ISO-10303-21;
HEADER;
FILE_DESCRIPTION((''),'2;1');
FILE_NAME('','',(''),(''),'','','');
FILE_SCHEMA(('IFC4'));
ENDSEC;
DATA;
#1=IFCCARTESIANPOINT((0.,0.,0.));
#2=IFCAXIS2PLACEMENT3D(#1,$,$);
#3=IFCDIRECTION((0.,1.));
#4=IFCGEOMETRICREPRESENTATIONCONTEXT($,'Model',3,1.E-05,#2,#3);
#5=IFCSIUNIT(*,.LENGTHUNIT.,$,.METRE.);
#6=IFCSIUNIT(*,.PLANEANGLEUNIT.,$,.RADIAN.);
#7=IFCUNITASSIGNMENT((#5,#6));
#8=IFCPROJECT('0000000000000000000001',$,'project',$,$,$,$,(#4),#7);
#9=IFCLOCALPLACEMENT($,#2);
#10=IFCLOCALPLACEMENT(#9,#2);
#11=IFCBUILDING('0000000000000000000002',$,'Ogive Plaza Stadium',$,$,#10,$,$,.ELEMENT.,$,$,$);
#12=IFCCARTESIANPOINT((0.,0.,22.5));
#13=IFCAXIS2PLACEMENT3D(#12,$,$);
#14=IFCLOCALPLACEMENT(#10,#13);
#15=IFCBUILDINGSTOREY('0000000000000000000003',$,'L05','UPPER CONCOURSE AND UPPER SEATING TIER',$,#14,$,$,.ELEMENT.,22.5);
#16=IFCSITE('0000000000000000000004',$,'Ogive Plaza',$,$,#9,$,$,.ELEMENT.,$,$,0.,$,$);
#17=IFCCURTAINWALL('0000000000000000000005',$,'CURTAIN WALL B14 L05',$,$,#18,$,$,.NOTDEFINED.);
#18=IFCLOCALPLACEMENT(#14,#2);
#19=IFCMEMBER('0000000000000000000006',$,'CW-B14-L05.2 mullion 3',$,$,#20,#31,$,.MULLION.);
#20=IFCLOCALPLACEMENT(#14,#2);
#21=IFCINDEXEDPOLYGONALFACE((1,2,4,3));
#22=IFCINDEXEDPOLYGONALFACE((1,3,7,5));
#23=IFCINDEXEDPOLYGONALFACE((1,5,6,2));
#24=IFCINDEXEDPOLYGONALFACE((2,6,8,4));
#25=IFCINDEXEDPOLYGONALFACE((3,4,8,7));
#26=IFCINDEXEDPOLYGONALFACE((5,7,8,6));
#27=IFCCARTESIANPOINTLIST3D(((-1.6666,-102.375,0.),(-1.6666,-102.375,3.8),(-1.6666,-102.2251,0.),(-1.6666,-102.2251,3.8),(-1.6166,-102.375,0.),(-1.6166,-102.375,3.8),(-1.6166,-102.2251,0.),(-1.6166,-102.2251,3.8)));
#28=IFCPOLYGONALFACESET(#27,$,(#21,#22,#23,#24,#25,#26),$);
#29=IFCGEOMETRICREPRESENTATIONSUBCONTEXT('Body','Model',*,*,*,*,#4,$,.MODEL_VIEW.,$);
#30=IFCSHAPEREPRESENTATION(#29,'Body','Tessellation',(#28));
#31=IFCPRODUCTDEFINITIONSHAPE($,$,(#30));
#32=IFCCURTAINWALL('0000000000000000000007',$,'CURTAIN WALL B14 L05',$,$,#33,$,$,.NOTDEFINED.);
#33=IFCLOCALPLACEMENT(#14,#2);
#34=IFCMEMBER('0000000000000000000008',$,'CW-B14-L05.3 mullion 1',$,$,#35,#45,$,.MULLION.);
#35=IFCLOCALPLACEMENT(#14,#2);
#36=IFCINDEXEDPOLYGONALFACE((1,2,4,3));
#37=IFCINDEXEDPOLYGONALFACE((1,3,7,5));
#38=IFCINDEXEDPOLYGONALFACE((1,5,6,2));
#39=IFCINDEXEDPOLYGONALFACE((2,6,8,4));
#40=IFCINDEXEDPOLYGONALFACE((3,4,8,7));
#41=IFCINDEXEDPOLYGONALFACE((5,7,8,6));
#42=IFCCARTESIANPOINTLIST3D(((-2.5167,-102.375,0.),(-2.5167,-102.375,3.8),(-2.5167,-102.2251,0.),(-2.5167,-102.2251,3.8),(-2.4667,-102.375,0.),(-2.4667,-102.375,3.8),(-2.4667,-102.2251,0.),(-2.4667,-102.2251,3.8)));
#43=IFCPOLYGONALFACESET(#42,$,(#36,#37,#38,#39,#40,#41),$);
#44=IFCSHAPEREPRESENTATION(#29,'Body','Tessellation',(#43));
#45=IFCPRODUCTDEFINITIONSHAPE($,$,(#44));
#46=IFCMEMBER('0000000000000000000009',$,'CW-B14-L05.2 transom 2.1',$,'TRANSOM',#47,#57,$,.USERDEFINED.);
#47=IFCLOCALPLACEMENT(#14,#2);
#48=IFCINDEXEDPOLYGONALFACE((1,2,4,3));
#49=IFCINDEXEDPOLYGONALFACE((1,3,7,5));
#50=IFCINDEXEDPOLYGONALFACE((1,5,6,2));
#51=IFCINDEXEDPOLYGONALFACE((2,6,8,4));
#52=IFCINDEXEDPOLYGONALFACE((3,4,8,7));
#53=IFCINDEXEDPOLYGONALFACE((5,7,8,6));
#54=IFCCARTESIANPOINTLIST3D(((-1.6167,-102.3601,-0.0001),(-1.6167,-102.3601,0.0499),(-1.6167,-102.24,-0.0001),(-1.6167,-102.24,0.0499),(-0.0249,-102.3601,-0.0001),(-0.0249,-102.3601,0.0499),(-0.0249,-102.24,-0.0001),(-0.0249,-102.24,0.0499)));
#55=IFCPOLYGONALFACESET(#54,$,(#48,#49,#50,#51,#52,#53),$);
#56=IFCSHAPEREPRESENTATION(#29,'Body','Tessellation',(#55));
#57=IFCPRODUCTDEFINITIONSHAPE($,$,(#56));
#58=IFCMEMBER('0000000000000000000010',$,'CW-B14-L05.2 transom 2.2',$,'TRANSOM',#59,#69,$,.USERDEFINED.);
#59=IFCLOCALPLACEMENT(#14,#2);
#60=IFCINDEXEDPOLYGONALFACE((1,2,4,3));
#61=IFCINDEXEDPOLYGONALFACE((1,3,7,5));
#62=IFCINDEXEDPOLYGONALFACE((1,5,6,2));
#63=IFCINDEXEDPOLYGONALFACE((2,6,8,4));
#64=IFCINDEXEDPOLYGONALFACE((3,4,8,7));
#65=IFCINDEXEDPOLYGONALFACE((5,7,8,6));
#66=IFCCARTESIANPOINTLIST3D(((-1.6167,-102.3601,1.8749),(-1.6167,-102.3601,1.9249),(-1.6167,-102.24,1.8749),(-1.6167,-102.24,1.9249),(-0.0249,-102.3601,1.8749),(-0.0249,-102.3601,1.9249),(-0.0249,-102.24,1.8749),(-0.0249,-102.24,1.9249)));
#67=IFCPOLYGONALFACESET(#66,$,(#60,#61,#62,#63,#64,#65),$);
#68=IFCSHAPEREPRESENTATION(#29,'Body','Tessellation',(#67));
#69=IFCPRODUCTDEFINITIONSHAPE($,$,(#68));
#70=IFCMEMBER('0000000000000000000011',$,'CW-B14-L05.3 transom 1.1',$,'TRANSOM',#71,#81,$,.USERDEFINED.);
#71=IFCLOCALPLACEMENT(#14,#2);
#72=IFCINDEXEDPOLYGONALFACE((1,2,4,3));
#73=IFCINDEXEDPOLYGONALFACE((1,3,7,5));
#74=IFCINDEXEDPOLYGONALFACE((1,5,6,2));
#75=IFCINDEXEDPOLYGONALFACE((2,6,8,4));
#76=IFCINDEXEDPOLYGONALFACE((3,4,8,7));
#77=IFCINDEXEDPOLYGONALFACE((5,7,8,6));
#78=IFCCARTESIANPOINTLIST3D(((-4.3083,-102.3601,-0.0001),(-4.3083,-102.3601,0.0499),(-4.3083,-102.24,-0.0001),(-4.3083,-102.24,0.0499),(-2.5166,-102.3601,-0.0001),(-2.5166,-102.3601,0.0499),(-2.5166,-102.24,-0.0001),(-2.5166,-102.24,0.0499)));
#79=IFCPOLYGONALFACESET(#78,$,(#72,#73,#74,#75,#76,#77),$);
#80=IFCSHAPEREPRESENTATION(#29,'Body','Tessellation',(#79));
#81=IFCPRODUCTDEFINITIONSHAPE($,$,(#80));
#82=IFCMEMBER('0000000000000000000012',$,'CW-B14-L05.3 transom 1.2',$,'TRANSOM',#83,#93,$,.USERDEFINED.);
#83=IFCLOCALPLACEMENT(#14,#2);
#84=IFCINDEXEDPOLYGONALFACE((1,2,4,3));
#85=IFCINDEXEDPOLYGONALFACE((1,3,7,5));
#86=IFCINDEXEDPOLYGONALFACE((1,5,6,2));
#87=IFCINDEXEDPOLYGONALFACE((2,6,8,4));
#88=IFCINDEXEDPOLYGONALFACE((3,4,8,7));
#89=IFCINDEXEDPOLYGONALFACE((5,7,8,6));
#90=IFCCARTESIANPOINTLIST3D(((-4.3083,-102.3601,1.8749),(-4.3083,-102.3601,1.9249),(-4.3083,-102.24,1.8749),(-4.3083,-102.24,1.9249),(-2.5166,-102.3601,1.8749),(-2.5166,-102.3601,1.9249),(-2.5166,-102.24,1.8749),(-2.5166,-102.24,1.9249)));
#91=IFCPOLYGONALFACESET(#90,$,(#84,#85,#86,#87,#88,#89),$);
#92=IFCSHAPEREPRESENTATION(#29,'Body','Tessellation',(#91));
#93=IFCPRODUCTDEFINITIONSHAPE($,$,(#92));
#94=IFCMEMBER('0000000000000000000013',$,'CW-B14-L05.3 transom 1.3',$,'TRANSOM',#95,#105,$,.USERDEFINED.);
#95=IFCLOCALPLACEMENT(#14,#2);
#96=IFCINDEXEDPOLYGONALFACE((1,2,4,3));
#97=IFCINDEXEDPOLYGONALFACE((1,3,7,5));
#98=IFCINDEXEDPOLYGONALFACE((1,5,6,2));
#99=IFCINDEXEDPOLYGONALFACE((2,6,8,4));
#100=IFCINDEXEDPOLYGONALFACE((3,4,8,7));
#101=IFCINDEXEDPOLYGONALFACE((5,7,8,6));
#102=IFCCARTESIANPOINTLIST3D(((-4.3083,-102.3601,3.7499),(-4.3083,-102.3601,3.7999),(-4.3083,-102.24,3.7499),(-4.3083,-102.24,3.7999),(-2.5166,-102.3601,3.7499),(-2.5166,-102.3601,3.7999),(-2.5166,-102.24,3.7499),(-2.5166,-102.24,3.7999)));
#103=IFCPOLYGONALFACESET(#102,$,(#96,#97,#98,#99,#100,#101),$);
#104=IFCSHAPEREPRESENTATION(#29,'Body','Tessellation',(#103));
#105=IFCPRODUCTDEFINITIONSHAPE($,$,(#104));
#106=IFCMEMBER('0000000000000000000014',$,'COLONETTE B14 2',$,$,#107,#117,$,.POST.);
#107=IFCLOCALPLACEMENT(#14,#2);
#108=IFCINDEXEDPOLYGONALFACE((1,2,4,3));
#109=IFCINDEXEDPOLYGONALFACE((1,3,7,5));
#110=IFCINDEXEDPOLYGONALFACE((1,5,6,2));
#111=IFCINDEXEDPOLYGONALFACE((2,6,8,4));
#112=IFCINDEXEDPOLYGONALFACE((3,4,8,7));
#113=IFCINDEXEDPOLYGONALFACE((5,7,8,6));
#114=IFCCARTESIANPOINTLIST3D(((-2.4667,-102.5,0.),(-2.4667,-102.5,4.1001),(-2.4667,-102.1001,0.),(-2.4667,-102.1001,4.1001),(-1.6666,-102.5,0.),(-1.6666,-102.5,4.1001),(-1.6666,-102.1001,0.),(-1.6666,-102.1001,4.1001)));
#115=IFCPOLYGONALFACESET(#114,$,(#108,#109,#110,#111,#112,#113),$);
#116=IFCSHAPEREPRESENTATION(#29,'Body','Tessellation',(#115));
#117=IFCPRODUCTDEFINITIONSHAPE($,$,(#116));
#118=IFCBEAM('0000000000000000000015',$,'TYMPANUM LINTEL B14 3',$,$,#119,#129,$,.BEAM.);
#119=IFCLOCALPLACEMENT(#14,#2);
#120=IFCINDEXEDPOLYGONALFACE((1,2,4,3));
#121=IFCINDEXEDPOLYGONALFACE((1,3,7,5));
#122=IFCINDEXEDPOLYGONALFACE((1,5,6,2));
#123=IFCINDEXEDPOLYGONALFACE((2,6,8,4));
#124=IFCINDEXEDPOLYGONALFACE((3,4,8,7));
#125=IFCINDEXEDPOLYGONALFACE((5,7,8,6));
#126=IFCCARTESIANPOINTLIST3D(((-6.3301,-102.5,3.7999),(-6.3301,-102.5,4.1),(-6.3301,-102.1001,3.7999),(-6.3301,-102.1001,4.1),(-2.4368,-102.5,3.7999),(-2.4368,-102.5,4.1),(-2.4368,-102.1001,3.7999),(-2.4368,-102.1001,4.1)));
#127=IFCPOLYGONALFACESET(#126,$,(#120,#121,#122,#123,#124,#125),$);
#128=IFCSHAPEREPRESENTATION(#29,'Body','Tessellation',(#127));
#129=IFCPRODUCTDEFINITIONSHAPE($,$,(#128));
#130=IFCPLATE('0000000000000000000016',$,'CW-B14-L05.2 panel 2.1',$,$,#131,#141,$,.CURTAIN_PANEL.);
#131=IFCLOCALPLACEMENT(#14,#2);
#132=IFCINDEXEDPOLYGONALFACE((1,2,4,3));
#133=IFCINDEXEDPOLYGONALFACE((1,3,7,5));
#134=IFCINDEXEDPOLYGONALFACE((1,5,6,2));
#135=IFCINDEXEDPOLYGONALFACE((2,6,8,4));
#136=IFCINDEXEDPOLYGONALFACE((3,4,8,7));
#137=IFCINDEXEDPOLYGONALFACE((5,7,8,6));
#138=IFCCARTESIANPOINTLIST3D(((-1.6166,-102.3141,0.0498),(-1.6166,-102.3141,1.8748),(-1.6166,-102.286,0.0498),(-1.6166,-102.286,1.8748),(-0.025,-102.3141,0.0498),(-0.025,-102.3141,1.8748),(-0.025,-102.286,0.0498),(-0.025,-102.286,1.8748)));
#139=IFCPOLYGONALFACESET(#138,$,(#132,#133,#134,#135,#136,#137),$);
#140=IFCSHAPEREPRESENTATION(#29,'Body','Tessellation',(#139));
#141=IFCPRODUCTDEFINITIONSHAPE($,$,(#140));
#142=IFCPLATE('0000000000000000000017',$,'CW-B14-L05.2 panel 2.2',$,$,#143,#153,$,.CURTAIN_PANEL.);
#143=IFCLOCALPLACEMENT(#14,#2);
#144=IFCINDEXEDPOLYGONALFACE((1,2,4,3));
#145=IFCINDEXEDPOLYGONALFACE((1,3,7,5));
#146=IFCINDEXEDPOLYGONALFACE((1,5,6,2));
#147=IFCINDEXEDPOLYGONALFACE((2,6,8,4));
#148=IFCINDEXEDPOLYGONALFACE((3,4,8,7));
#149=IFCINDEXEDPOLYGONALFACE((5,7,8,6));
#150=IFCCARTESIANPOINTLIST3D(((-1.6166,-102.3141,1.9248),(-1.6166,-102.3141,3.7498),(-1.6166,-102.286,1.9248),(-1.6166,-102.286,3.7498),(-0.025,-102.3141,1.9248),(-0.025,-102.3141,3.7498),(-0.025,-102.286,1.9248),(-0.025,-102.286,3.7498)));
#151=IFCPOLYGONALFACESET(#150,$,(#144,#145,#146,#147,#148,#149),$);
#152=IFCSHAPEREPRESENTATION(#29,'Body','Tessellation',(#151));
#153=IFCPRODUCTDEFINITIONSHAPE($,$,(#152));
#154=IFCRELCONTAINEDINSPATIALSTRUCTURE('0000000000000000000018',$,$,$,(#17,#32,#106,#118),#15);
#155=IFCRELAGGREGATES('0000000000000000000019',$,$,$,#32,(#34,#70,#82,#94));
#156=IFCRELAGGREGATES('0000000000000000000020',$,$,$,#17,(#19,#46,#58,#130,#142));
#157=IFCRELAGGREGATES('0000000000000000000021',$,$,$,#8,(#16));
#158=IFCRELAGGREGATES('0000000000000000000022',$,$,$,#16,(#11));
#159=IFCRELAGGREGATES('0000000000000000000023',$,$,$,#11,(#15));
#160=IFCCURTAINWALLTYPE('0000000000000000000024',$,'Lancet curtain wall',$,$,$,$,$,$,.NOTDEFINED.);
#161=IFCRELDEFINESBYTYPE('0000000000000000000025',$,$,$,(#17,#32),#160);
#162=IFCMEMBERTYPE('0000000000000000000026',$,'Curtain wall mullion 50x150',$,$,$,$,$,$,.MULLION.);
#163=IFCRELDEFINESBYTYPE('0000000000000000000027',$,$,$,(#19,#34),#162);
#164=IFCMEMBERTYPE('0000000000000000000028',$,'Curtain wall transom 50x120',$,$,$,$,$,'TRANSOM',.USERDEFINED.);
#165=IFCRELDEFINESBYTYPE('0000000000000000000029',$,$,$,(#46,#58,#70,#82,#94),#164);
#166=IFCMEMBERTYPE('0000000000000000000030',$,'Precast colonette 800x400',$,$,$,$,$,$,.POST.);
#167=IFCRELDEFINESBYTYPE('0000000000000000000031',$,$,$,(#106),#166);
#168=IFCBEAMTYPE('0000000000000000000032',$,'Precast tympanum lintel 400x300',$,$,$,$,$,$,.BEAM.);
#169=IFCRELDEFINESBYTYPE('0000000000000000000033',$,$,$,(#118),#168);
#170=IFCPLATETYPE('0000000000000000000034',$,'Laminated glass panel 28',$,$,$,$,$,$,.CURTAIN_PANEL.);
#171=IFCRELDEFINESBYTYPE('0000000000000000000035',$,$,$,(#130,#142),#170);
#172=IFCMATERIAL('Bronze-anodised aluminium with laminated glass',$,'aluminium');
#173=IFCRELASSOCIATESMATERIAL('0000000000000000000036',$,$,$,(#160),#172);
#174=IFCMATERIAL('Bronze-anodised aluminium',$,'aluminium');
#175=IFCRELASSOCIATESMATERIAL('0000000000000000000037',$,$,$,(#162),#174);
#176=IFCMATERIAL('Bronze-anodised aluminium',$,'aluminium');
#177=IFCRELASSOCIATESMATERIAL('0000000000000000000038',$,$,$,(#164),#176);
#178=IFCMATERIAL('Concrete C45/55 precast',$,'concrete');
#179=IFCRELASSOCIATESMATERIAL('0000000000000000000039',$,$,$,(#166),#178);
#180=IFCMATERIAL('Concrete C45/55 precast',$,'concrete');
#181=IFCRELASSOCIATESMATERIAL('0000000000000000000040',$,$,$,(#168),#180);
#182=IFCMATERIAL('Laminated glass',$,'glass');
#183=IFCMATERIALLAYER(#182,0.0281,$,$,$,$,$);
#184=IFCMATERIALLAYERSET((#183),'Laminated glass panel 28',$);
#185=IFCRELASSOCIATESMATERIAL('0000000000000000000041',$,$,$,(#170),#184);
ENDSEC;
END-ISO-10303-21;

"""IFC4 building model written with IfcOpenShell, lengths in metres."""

from ifc_helpers import new_model, si_unit, direction, frame, origin, origin_2d, place, context, subcontext, project, spatial, rectangle, extrude, material, layer, layer_set, material_profile, profile_set, type_object, element, aggregate, save


model = new_model("IFC4")

# Units and contexts
model_context = context("Model", 3, precision=1e-05, world=origin(), true_north=direction((0.0, 1.0)))
body_context = subcontext(model_context, "Body", "Model", "MODEL_VIEW")
ifc_project = project(units=[si_unit("LENGTHUNIT", "METRE"), si_unit("PLANEANGLEUNIT", "RADIAN")], contexts=[model_context])

# Site, building, storey
site_placement = place(None, origin())
site = spatial("IfcSite", under=ifc_project, at=site_placement, Name="Ogive Plaza", CompositionType="ELEMENT", RefElevation=0.0)
building_placement = place(site_placement, origin())
building = spatial("IfcBuilding", under=site, at=building_placement, Name="Ogive Plaza Stadium", CompositionType="ELEMENT")
storey_placement = place(building_placement, frame((0.0, 0.0, 22.5)))
storey = spatial("IfcBuildingStorey", under=building, at=storey_placement, Name="L05", Description="UPPER CONCOURSE AND UPPER SEATING TIER", CompositionType="ELEMENT", Elevation=22.5)

# Curtain walls, members
ifc_material_1 = material(Name="Bronze-anodised aluminium with laminated glass", Category="aluminium")
curtain_wall_type = type_object("IfcCurtainWallType", Name="Lancet curtain wall", PredefinedType="NOTDEFINED", material=ifc_material_1)
curtain_wall_1_placement = place(storey_placement, origin())
curtain_wall_1 = element("IfcCurtainWall", 1, at=curtain_wall_1_placement, inside=storey, type_object=curtain_wall_type, Name="CURTAIN WALL B14 L05", PredefinedType="NOTDEFINED")
ifc_material_2 = material(Name="Bronze-anodised aluminium", Category="aluminium")
ifc_material_profile_1 = material_profile(ifc_material_2, rectangle(XDim=0.1499, YDim=0.05, at=origin_2d()), Name="AL 150x50")
ifc_profile_set_1 = profile_set([ifc_material_profile_1], Name="Bronze-anodised aluminium")
member_type_1 = type_object("IfcMemberType", Name="Curtain wall mullion 50x150", PredefinedType="MULLION", material=ifc_profile_set_1)
member_1_placement = place(storey_placement, frame((-1.6416, -102.3, 0.0), z_axis=(0.0, 0.0, 1.0), x_axis=(0.0, -1.0, 0.0)))
member_1 = element("IfcMember", 2, at=member_1_placement, type_object=member_type_1, Name="CW-B14-L05.2 mullion 3", PredefinedType="MULLION", context=body_context, shape_type="SweptSolid", body=[
    extrude(rectangle(XDim=0.1499, YDim=0.05, at=origin_2d()), origin(), (0.0, 0.0, 1.0), 3.8),
])
curtain_wall_2_placement = place(storey_placement, origin())
curtain_wall_2 = element("IfcCurtainWall", 3, at=curtain_wall_2_placement, inside=storey, type_object=curtain_wall_type, Name="CURTAIN WALL B14 L05", PredefinedType="NOTDEFINED")
member_2_placement = place(storey_placement, frame((-2.4917, -102.3, 0.0), z_axis=(0.0, 0.0, 1.0), x_axis=(0.0, -1.0, 0.0)))
member_2 = element("IfcMember", 4, at=member_2_placement, type_object=member_type_1, Name="CW-B14-L05.3 mullion 1", PredefinedType="MULLION", context=body_context, shape_type="SweptSolid", body=[
    extrude(rectangle(XDim=0.1499, YDim=0.05, at=origin_2d()), origin(), (0.0, 0.0, 1.0), 3.8),
])

# Members
ifc_material_3 = material(Name="Bronze-anodised aluminium", Category="aluminium")
ifc_material_profile_2 = material_profile(ifc_material_3, rectangle(XDim=0.1201, YDim=0.05, at=origin_2d()), Name="AL 120x50")
ifc_profile_set_2 = profile_set([ifc_material_profile_2], Name="Bronze-anodised aluminium")
member_type_2 = type_object("IfcMemberType", Name="Curtain wall transom 50x120", ElementType="TRANSOM", PredefinedType="USERDEFINED", material=ifc_profile_set_2)
member_3_placement = place(storey_placement, frame((-0.0249, -102.3, 0.0249), z_axis=(-1.0, 0.0, 0.0), x_axis=(0.0, -1.0, 0.0)))
member_3 = element("IfcMember", 5, at=member_3_placement, type_object=member_type_2, Name="CW-B14-L05.2 transom 2.1", ObjectType="TRANSOM", PredefinedType="USERDEFINED", context=body_context, shape_type="SweptSolid", body=[
    extrude(rectangle(XDim=0.1201, YDim=0.05, at=origin_2d()), origin(), (0.0, 0.0, 1.0), 1.5918),
])
member_4_placement = place(storey_placement, frame((-0.0249, -102.3, 1.8999), z_axis=(-1.0, 0.0, 0.0), x_axis=(0.0, -1.0, 0.0)))
member_4 = element("IfcMember", 6, at=member_4_placement, type_object=member_type_2, Name="CW-B14-L05.2 transom 2.2", ObjectType="TRANSOM", PredefinedType="USERDEFINED", context=body_context, shape_type="SweptSolid", body=[
    extrude(rectangle(XDim=0.1201, YDim=0.05, at=origin_2d()), origin(), (0.0, 0.0, 1.0), 1.5918),
])
member_5_placement = place(storey_placement, frame((-2.5166, -102.3, 0.0249), z_axis=(-1.0, 0.0, 0.0), x_axis=(0.0, -1.0, 0.0)))
member_5 = element("IfcMember", 7, at=member_5_placement, type_object=member_type_2, Name="CW-B14-L05.3 transom 1.1", ObjectType="TRANSOM", PredefinedType="USERDEFINED", context=body_context, shape_type="SweptSolid", body=[
    extrude(rectangle(XDim=0.1201, YDim=0.05, at=origin_2d()), origin(), (0.0, 0.0, 1.0), 1.7917),
])
member_6_placement = place(storey_placement, frame((-2.5166, -102.3, 1.8999), z_axis=(-1.0, 0.0, 0.0), x_axis=(0.0, -1.0, 0.0)))
member_6 = element("IfcMember", 8, at=member_6_placement, type_object=member_type_2, Name="CW-B14-L05.3 transom 1.2", ObjectType="TRANSOM", PredefinedType="USERDEFINED", context=body_context, shape_type="SweptSolid", body=[
    extrude(rectangle(XDim=0.1201, YDim=0.05, at=origin_2d()), origin(), (0.0, 0.0, 1.0), 1.7917),
])
member_7_placement = place(storey_placement, frame((-2.5166, -102.3, 3.7749), z_axis=(-1.0, 0.0, 0.0), x_axis=(0.0, -1.0, 0.0)))
member_7 = element("IfcMember", 9, at=member_7_placement, type_object=member_type_2, Name="CW-B14-L05.3 transom 1.3", ObjectType="TRANSOM", PredefinedType="USERDEFINED", context=body_context, shape_type="SweptSolid", body=[
    extrude(rectangle(XDim=0.1201, YDim=0.05, at=origin_2d()), origin(), (0.0, 0.0, 1.0), 1.7917),
])
aggregate(curtain_wall_2, [member_2, member_5, member_6, member_7])
ifc_material_4 = material(Name="Concrete C45/55 precast", Category="concrete")
ifc_material_profile_3 = material_profile(ifc_material_4, rectangle(XDim=0.3999, YDim=0.8, at=origin_2d()), Name="RC 400x800")
ifc_profile_set_3 = profile_set([ifc_material_profile_3], Name="Concrete C45/55 precast")
member_type_3 = type_object("IfcMemberType", Name="Precast colonette 800x400", PredefinedType="POST", material=ifc_profile_set_3)
member_8_placement = place(storey_placement, frame((-2.0667, -102.3, 0.0), z_axis=(0.0, 0.0, 1.0), x_axis=(0.0, -1.0, 0.0)))
element("IfcMember", 10, at=member_8_placement, inside=storey, type_object=member_type_3, Name="COLONETTE B14 2", PredefinedType="POST", context=body_context, shape_type="SweptSolid", body=[
    extrude(rectangle(XDim=0.3999, YDim=0.8, at=origin_2d()), origin(), (0.0, 0.0, 1.0), 4.1001),
])

# Beam
ifc_material_5 = material(Name="Concrete C45/55 precast", Category="concrete")
ifc_material_profile_4 = material_profile(ifc_material_5, rectangle(XDim=0.3999, YDim=0.3, at=origin_2d()), Name="RC 400x300")
ifc_profile_set_4 = profile_set([ifc_material_profile_4], Name="Concrete C45/55 precast")
beam_type = type_object("IfcBeamType", Name="Precast tympanum lintel 400x300", PredefinedType="BEAM", material=ifc_profile_set_4)
beam_placement = place(storey_placement, frame((-2.4368, -102.3, 3.95), z_axis=(-1.0, 0.0, 0.0), x_axis=(0.0, -1.0, 0.0)))
element("IfcBeam", 11, at=beam_placement, inside=storey, type_object=beam_type, Name="TYMPANUM LINTEL B14 3", PredefinedType="BEAM", context=body_context, shape_type="SweptSolid", body=[
    extrude(rectangle(XDim=0.3999, YDim=0.3, at=origin_2d()), origin(), (0.0, 0.0, 1.0), 3.8933),
])

# Plates
ifc_material_6 = material(Name="Laminated glass", Category="glass")
ifc_layer_1 = layer(ifc_material_6, 0.0281)
ifc_layer_set_1 = layer_set([ifc_layer_1], Name="Laminated glass panel 28")
plate_type = type_object("IfcPlateType", Name="Laminated glass panel 28", PredefinedType="CURTAIN_PANEL", material=ifc_layer_set_1)
plate_1_placement = place(storey_placement, frame((-0.8208, -102.3, 0.0498), z_axis=(0.0, 0.0, 1.0), x_axis=(-1.0, 0.0, 0.0)))
plate_1 = element("IfcPlate", 12, at=plate_1_placement, type_object=plate_type, Name="CW-B14-L05.2 panel 2.1", PredefinedType="CURTAIN_PANEL", context=body_context, shape_type="SweptSolid", body=[
    extrude(rectangle(XDim=1.5916, YDim=0.0281, at=origin_2d()), origin(), (0.0, 0.0, 1.0), 1.825),
])
plate_2_placement = place(storey_placement, frame((-0.8208, -102.3, 1.9248), z_axis=(0.0, 0.0, 1.0), x_axis=(-1.0, 0.0, 0.0)))
plate_2 = element("IfcPlate", 13, at=plate_2_placement, type_object=plate_type, Name="CW-B14-L05.2 panel 2.2", PredefinedType="CURTAIN_PANEL", context=body_context, shape_type="SweptSolid", body=[
    extrude(rectangle(XDim=1.5916, YDim=0.0281, at=origin_2d()), origin(), (0.0, 0.0, 1.0), 1.825),
])
aggregate(curtain_wall_1, [member_1, member_3, member_4, plate_1, plate_2])

save(model, "model.ifc")
